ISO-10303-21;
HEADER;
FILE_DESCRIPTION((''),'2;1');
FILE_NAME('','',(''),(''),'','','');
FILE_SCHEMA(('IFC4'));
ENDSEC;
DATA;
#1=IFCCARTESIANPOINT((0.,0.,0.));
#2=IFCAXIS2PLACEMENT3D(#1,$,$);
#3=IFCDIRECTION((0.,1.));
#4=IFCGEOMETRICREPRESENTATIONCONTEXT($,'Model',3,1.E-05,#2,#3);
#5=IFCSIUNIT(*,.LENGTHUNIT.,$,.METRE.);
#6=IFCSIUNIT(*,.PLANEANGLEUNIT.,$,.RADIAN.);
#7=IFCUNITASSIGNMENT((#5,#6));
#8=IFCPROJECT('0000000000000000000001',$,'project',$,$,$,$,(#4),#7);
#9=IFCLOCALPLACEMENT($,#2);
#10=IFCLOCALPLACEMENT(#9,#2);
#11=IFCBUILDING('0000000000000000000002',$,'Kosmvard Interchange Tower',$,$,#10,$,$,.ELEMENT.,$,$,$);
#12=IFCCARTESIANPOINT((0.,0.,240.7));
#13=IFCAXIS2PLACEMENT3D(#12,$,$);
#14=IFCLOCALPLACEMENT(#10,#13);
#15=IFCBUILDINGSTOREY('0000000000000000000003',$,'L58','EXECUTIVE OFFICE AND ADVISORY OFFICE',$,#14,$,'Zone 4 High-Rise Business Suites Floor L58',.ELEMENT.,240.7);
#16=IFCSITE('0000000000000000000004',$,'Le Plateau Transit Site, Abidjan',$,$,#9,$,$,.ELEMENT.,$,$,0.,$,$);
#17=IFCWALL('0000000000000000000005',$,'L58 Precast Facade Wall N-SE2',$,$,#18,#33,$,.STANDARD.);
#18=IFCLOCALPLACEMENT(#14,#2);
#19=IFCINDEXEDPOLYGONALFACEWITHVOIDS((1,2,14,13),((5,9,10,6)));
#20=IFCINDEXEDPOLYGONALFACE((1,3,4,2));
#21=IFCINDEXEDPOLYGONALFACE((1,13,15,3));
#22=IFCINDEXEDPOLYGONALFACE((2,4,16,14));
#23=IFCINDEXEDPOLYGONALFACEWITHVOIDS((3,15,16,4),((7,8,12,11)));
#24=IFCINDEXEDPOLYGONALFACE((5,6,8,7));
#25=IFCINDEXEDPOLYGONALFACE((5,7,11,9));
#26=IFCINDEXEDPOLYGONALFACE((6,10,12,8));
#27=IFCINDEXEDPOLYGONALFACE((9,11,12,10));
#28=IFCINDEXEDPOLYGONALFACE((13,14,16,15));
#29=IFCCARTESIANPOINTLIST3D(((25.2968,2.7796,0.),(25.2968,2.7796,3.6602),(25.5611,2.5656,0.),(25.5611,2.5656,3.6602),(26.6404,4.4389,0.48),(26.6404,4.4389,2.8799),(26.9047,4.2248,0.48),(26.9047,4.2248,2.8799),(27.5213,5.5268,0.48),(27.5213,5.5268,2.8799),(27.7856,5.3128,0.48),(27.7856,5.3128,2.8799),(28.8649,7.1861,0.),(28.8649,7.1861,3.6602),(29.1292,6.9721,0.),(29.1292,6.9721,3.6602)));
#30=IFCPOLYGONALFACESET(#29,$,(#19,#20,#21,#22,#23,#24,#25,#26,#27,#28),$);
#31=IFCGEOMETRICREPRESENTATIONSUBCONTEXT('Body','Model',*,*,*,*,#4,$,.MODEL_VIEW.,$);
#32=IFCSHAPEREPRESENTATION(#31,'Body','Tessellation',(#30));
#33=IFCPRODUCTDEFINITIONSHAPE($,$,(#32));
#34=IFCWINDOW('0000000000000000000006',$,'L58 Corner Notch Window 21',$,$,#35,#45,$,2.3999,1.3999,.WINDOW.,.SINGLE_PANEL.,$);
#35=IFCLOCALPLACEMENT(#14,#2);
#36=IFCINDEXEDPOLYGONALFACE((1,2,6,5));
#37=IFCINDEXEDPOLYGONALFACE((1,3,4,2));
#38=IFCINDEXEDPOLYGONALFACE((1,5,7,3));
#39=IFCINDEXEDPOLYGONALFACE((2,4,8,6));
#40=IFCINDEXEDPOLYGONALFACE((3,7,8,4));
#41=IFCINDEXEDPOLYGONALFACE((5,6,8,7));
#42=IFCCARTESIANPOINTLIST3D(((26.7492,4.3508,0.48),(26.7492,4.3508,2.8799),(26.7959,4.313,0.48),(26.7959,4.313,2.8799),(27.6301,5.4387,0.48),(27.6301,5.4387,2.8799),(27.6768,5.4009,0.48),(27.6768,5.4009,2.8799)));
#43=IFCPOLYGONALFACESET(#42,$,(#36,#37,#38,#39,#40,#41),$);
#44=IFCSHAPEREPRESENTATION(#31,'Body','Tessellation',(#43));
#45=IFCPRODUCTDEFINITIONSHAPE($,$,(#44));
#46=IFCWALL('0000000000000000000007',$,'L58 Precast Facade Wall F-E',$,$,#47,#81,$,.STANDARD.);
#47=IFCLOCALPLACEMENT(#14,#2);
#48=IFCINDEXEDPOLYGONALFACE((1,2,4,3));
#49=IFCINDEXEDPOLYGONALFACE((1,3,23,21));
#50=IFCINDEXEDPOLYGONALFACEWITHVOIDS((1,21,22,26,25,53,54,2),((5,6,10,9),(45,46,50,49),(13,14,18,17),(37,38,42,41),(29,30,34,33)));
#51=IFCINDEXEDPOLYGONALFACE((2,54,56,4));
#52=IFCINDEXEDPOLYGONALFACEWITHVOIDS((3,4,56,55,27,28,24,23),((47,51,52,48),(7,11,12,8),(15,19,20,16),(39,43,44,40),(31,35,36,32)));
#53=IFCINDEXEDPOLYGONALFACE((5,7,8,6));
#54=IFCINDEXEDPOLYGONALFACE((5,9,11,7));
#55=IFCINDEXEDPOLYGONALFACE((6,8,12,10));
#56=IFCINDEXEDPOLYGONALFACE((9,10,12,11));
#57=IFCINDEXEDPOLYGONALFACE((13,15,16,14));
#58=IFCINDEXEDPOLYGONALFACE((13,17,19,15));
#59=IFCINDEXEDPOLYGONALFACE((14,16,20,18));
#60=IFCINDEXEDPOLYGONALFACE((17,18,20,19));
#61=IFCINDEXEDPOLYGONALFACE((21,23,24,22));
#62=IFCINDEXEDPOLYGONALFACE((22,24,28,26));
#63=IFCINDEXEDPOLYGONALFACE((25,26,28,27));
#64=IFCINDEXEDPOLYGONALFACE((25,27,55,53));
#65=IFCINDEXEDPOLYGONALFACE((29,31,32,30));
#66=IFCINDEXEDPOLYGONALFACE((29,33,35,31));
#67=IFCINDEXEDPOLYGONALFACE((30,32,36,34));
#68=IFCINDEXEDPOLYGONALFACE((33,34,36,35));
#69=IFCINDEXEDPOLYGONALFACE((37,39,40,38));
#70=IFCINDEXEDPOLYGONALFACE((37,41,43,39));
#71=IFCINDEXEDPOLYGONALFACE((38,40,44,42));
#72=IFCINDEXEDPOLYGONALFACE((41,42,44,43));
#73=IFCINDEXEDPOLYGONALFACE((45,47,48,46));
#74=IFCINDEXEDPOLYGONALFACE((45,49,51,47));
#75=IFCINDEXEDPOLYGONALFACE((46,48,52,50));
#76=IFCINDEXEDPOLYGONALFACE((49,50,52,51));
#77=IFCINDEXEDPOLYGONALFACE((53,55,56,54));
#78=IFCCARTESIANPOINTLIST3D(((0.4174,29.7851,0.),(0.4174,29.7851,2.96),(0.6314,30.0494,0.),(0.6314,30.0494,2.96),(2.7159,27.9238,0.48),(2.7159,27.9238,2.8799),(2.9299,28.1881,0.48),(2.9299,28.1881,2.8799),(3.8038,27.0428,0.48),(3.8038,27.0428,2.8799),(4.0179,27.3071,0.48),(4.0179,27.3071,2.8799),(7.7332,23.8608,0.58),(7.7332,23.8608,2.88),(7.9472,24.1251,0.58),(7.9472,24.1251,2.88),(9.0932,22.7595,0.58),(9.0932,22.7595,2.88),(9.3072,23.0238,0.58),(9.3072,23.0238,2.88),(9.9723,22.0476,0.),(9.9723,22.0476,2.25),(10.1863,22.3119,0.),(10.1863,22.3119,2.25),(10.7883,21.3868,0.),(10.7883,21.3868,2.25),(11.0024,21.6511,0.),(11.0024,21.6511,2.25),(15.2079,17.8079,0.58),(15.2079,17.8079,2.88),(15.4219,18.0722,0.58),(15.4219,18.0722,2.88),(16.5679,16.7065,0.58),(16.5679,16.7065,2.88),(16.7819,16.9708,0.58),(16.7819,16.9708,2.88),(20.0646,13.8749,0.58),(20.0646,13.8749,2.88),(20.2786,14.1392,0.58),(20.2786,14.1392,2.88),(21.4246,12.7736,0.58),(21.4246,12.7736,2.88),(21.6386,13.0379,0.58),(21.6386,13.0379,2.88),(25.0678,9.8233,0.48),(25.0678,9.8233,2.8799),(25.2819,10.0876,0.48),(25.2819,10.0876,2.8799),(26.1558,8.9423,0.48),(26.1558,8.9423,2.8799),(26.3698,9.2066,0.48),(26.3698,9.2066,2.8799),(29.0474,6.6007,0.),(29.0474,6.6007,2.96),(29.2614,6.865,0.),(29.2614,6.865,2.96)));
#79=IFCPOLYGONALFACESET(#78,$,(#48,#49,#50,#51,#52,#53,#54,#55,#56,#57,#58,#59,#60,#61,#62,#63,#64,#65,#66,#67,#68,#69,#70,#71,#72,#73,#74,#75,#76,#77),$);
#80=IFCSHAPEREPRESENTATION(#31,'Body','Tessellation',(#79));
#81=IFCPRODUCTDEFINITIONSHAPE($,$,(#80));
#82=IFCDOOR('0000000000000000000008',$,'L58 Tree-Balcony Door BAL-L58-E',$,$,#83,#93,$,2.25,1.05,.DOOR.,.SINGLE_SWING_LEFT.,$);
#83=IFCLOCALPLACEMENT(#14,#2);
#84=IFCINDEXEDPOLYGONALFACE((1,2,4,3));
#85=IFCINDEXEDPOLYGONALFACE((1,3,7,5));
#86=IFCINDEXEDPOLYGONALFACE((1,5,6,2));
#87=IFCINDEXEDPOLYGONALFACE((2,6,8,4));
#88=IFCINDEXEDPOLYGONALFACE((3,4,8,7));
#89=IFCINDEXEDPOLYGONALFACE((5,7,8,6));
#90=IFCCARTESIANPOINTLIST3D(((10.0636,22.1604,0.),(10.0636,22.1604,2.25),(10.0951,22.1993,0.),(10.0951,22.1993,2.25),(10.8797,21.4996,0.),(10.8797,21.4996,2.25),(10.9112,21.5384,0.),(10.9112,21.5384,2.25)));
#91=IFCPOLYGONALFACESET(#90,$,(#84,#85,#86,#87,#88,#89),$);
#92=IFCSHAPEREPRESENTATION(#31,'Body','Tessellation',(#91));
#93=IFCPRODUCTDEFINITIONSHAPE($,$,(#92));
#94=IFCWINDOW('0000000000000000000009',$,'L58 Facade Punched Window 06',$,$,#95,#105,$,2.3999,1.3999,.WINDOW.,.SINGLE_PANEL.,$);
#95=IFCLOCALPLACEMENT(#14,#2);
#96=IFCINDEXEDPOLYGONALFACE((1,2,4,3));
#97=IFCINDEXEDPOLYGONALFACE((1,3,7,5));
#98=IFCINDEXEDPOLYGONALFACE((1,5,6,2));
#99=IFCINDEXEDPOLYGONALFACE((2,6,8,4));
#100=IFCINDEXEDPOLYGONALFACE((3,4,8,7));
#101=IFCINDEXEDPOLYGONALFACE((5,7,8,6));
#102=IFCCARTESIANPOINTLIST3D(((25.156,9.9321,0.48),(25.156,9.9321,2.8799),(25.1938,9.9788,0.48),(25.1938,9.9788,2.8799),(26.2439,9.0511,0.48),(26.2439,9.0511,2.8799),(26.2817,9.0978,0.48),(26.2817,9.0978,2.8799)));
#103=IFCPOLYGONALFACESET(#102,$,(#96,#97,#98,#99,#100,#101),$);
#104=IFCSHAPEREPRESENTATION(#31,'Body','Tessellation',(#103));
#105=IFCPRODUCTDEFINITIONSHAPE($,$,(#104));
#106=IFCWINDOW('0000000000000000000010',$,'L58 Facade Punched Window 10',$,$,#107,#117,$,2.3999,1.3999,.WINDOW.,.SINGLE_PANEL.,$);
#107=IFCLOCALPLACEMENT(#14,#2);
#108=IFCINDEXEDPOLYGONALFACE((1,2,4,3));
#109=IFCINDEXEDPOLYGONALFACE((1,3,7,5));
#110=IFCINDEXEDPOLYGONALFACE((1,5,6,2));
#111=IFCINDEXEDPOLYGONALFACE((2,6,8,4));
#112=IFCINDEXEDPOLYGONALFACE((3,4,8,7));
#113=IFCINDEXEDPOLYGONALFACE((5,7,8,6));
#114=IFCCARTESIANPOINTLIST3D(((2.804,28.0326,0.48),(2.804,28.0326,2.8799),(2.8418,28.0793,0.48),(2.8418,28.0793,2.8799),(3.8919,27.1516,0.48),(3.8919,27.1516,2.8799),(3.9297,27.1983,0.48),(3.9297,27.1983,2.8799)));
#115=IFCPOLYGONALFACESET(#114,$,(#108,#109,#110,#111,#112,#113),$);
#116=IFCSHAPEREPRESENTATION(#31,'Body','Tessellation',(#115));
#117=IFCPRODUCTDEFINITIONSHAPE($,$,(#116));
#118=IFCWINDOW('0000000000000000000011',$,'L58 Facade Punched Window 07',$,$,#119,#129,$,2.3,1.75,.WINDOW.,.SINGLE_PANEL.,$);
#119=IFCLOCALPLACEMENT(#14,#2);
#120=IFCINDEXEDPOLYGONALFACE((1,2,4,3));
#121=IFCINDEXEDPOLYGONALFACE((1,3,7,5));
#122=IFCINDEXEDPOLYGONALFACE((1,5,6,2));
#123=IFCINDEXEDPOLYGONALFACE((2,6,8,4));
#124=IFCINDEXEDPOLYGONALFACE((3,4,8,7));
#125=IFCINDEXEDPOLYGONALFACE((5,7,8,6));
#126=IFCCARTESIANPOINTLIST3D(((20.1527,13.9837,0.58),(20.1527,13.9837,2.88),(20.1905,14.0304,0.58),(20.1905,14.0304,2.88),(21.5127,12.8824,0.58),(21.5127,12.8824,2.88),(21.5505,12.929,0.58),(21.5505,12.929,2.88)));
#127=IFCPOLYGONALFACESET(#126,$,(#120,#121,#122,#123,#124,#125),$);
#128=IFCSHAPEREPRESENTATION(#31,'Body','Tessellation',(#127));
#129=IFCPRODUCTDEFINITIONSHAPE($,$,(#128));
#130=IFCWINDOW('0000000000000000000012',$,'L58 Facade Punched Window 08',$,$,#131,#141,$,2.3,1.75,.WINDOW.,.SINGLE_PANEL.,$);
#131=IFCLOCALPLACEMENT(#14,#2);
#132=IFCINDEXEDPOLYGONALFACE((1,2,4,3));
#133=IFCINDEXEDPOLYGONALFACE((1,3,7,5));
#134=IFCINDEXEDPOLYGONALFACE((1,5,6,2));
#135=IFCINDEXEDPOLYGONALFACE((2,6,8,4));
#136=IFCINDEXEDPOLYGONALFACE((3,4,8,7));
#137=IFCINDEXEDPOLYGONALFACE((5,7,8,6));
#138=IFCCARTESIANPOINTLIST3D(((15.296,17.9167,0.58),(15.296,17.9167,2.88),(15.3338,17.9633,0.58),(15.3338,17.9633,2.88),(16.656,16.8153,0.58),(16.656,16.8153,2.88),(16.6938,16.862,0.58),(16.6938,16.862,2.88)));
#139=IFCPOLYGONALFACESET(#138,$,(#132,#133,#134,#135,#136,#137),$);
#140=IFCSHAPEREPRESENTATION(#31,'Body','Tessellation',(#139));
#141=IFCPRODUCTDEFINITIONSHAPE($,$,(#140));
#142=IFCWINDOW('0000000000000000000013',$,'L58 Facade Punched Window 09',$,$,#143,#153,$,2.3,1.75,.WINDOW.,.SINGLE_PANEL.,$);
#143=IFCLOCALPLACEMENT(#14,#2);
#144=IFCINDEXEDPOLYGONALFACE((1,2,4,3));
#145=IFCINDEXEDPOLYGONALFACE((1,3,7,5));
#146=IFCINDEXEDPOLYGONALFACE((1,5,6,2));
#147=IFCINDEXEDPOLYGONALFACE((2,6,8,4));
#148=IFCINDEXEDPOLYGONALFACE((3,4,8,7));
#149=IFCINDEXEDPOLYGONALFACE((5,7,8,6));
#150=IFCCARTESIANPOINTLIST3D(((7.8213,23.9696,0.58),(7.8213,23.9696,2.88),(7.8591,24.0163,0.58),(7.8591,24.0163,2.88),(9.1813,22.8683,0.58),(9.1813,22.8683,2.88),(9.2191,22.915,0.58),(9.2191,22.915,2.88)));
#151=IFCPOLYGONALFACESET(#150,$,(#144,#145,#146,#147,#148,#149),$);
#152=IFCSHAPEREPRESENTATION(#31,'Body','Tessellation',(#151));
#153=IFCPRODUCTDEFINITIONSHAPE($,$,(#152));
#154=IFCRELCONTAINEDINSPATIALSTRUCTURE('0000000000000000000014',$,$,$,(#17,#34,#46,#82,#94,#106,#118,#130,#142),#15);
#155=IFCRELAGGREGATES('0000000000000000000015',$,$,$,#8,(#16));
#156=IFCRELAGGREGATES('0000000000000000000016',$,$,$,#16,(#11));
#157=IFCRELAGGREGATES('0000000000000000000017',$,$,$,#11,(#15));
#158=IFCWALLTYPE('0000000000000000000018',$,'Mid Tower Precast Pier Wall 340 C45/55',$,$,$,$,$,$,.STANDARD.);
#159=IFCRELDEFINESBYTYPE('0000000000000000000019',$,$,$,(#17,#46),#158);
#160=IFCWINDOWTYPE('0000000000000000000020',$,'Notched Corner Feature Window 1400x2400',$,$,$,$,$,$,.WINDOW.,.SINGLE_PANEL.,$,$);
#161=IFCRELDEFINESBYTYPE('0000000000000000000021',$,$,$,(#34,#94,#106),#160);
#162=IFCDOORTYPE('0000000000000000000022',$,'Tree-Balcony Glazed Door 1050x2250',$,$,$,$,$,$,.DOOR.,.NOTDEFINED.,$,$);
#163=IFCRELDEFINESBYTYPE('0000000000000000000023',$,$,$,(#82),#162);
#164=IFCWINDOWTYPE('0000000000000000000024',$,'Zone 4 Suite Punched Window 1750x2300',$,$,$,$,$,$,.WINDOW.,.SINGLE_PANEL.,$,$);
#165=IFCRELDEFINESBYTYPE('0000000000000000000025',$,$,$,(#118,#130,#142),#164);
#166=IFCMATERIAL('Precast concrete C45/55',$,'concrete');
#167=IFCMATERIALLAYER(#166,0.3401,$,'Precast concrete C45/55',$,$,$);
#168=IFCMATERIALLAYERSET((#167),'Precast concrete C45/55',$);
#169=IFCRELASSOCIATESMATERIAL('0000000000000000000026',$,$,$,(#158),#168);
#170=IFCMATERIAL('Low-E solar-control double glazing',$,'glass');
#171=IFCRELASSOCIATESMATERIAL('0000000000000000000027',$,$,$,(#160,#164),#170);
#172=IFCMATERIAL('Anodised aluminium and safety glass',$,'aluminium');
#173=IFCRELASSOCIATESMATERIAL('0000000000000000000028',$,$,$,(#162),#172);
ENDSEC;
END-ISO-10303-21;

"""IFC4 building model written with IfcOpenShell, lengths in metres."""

from ifc_helpers import new_model, si_unit, direction, frame, frame_2d, origin, place, context, subcontext, project, spatial, rectangle, extrude, source, transform, mapped, material, layer, layer_set, type_object, element, fill, save


model = new_model("IFC4")

# Units and contexts
model_context = context("Model", 3, precision=1e-05, world=origin(), true_north=direction((0.0, 1.0)))
body_context = subcontext(model_context, "Body", "Model", "MODEL_VIEW")
ifc_project = project(units=[si_unit("LENGTHUNIT", "METRE"), si_unit("PLANEANGLEUNIT", "RADIAN")], contexts=[model_context])

# Site, building, storey
site_placement = place(None, origin())
site = spatial("IfcSite", under=ifc_project, at=site_placement, Name="Le Plateau Transit Site, Abidjan", CompositionType="ELEMENT", RefElevation=0.0)
building_placement = place(site_placement, origin())
building = spatial("IfcBuilding", under=site, at=building_placement, Name="Kosmvard Interchange Tower", CompositionType="ELEMENT")
storey_placement = place(building_placement, frame((0.0, 0.0, 240.7)))
storey = spatial("IfcBuildingStorey", under=building, at=storey_placement, Name="L58", Description="EXECUTIVE OFFICE AND ADVISORY OFFICE", LongName="Zone 4 High-Rise Business Suites Floor L58", CompositionType="ELEMENT", Elevation=240.7)

# Wall, opening, window
ifc_material_1 = material(Name="Precast concrete C45/55", Category="concrete")
ifc_layer_1 = layer(ifc_material_1, 0.3401, Name="Precast concrete C45/55")
ifc_layer_set_1 = layer_set([ifc_layer_1], Name="Precast concrete C45/55")
wall_type_1 = type_object("IfcWallType", Name="Mid Tower Precast Pier Wall 340 C45/55", PredefinedType="STANDARD", material=ifc_layer_set_1)
wall_1_placement = place(storey_placement, frame((25.429, 2.6726, 0.0), z_axis=(0.0, 0.0, 1.0), x_axis=(0.6293, 0.777163, 0.0)))
wall_1 = element("IfcWall", 1, at=wall_1_placement, inside=storey, type_object=wall_type_1, Name="L58 Precast Facade Wall N-SE2", PredefinedType="STANDARD", context=body_context, shape_type="SweptSolid", body=[
    extrude(rectangle(XDim=5.6699, YDim=0.3401, at=frame_2d((2.835, 0.0))), origin(), (0.0, 0.0, 1.0), 3.6602),
])
opening_1_placement = place(wall_1_placement, frame((2.135, 0.0, 0.48)))
opening_1 = element("IfcOpeningElement", 2, at=opening_1_placement, cuts=wall_1, PredefinedType="OPENING", context=body_context, shape_type="SweptSolid", body=[
    extrude(rectangle(XDim=1.3999, YDim=2.3999, at=frame_2d((0.7, 1.2))), frame((0.0, 0.1802, 0.0), z_axis=(0.0, -1.0, 0.0), x_axis=(1.0, 0.0, 0.0)), (0.0, 0.0, 1.0), 0.3601),
])
ifc_material_2 = material(Name="Low-E solar-control double glazing", Category="glass")
window_type_1 = type_object("IfcWindowType", Name="Notched Corner Feature Window 1400x2400", PartitioningType="SINGLE_PANEL", PredefinedType="WINDOW", material=ifc_material_2)
shared_shape_1 = source(origin(), body_context, "Body", "SweptSolid", [
    extrude(rectangle(XDim=1.3999, YDim=2.3999, at=frame_2d((0.7, 1.2))), frame((0.0, 0.03, 0.0), z_axis=(0.0, -1.0, 0.0), x_axis=(1.0, 0.0, 0.0)), (0.0, 0.0, 1.0), 0.0601),
])
window_1_placement = place(opening_1_placement, origin())
window_1 = element("IfcWindow", 3, at=window_1_placement, inside=storey, type_object=window_type_1, Name="L58 Corner Notch Window 21", OverallHeight=2.3999, OverallWidth=1.3999, PartitioningType="SINGLE_PANEL", PredefinedType="WINDOW", context=body_context, shape_type="MappedRepresentation", body=[
    mapped(shared_shape_1, transform((0.0, 0.0, 0.0), scale=1.0)),
])
fill(opening_1, window_1)

# Wall, openings, door, windows
wall_2_placement = place(storey_placement, frame((29.1543, 6.7329, 0.0), z_axis=(0.0, 0.0, 1.0), x_axis=(-0.777142, 0.629325, 0.0)))
wall_2 = element("IfcWall", 4, at=wall_2_placement, inside=storey, type_object=wall_type_1, Name="L58 Precast Facade Wall F-E", PredefinedType="STANDARD", context=body_context, shape_type="SweptSolid", body=[
    extrude(rectangle(XDim=36.8401, YDim=0.3401, at=frame_2d((18.4199, 0.0))), origin(), (0.0, 0.0, 1.0), 2.96),
])
opening_2_placement = place(wall_2_placement, frame((23.4951, 0.0, 0.0)))
opening_2 = element("IfcOpeningElement", 5, at=opening_2_placement, cuts=wall_2, PredefinedType="OPENING", context=body_context, shape_type="SweptSolid", body=[
    extrude(rectangle(XDim=1.05, YDim=2.25, at=frame_2d((0.5249, 1.125))), frame((0.0, 0.1802, 0.0), z_axis=(0.0, -1.0, 0.0), x_axis=(1.0, 0.0, 0.0)), (0.0, 0.0, 1.0), 0.3601),
])
opening_3_placement = place(wall_2_placement, frame((3.7207, 0.0, 0.48)))
opening_3 = element("IfcOpeningElement", 6, at=opening_3_placement, cuts=wall_2, PredefinedType="OPENING", context=body_context, shape_type="SweptSolid", body=[
    extrude(rectangle(XDim=1.3999, YDim=2.3999, at=frame_2d((0.7, 1.2))), frame((0.0, 0.1802, 0.0), z_axis=(0.0, -1.0, 0.0), x_axis=(1.0, 0.0, 0.0)), (0.0, 0.0, 1.0), 0.3601),
])
opening_4_placement = place(wall_2_placement, frame((9.8086, 0.0, 0.5801)))
opening_4 = element("IfcOpeningElement", 7, at=opening_4_placement, cuts=wall_2, PredefinedType="OPENING", context=body_context, shape_type="SweptSolid", body=[
    extrude(rectangle(XDim=1.75, YDim=2.3, at=frame_2d((0.875, 1.1499))), frame((0.0, 0.1802, 0.0), z_axis=(0.0, -1.0, 0.0), x_axis=(1.0, 0.0, 0.0)), (0.0, 0.0, 1.0), 0.3601),
])
opening_5_placement = place(wall_2_placement, frame((16.0581, 0.0, 0.5801)))
opening_5 = element("IfcOpeningElement", 8, at=opening_5_placement, cuts=wall_2, PredefinedType="OPENING", context=body_context, shape_type="SweptSolid", body=[
    extrude(rectangle(XDim=1.75, YDim=2.3, at=frame_2d((0.875, 1.1499))), frame((0.0, 0.1802, 0.0), z_axis=(0.0, -1.0, 0.0), x_axis=(1.0, 0.0, 0.0)), (0.0, 0.0, 1.0), 0.3601),
])
opening_6_placement = place(wall_2_placement, frame((25.6763, 0.0, 0.5801)))
opening_6 = element("IfcOpeningElement", 9, at=opening_6_placement, cuts=wall_2, PredefinedType="OPENING", context=body_context, shape_type="SweptSolid", body=[
    extrude(rectangle(XDim=1.75, YDim=2.3, at=frame_2d((0.875, 1.1499))), frame((0.0, 0.1802, 0.0), z_axis=(0.0, -1.0, 0.0), x_axis=(1.0, 0.0, 0.0)), (0.0, 0.0, 1.0), 0.3601),
])
opening_7_placement = place(wall_2_placement, frame((32.4824, 0.0, 0.48)))
opening_7 = element("IfcOpeningElement", 10, at=opening_7_placement, cuts=wall_2, PredefinedType="OPENING", context=body_context, shape_type="SweptSolid", body=[
    extrude(rectangle(XDim=1.3999, YDim=2.3999, at=frame_2d((0.7, 1.2))), frame((0.0, 0.1802, 0.0), z_axis=(0.0, -1.0, 0.0), x_axis=(1.0, 0.0, 0.0)), (0.0, 0.0, 1.0), 0.3601),
])
ifc_material_3 = material(Name="Anodised aluminium and safety glass", Category="aluminium")
door_type = type_object("IfcDoorType", Name="Tree-Balcony Glazed Door 1050x2250", OperationType="NOTDEFINED", PredefinedType="DOOR", material=ifc_material_3)
shared_shape_2 = source(origin(), body_context, "Body", "SweptSolid", [
    extrude(rectangle(XDim=1.05, YDim=2.25, at=frame_2d((0.5249, 1.125))), frame((0.0, 0.0249, 0.0), z_axis=(0.0, -1.0, 0.0), x_axis=(1.0, 0.0, 0.0)), (0.0, 0.0, 1.0), 0.05),
])
door_placement = place(opening_2_placement, origin())
door = element("IfcDoor", 11, at=door_placement, inside=storey, type_object=door_type, Name="L58 Tree-Balcony Door BAL-L58-E", OperationType="SINGLE_SWING_LEFT", OverallHeight=2.25, OverallWidth=1.05, PredefinedType="DOOR", context=body_context, shape_type="MappedRepresentation", body=[
    mapped(shared_shape_2, transform((0.0, 0.0, 0.0), scale=1.0)),
])
fill(opening_2, door)
window_2_placement = place(opening_3_placement, origin())
window_2 = element("IfcWindow", 12, at=window_2_placement, inside=storey, type_object=window_type_1, Name="L58 Facade Punched Window 06", OverallHeight=2.3999, OverallWidth=1.3999, PartitioningType="SINGLE_PANEL", PredefinedType="WINDOW", context=body_context, shape_type="MappedRepresentation", body=[
    mapped(shared_shape_1, transform((0.0, 0.0, 0.0), scale=1.0)),
])
fill(opening_3, window_2)
window_3_placement = place(opening_7_placement, origin())
window_3 = element("IfcWindow", 13, at=window_3_placement, inside=storey, type_object=window_type_1, Name="L58 Facade Punched Window 10", OverallHeight=2.3999, OverallWidth=1.3999, PartitioningType="SINGLE_PANEL", PredefinedType="WINDOW", context=body_context, shape_type="MappedRepresentation", body=[
    mapped(shared_shape_1, transform((0.0, 0.0, 0.0), scale=1.0)),
])
fill(opening_7, window_3)
window_type_2 = type_object("IfcWindowType", Name="Zone 4 Suite Punched Window 1750x2300", PartitioningType="SINGLE_PANEL", PredefinedType="WINDOW", material=ifc_material_2)
shared_shape_3 = source(origin(), body_context, "Body", "SweptSolid", [
    extrude(rectangle(XDim=1.75, YDim=2.3, at=frame_2d((0.875, 1.1499))), frame((0.0, 0.03, 0.0), z_axis=(0.0, -1.0, 0.0), x_axis=(1.0, 0.0, 0.0)), (0.0, 0.0, 1.0), 0.0601),
])
window_4_placement = place(opening_4_placement, origin())
window_4 = element("IfcWindow", 14, at=window_4_placement, inside=storey, type_object=window_type_2, Name="L58 Facade Punched Window 07", OverallHeight=2.3, OverallWidth=1.75, PartitioningType="SINGLE_PANEL", PredefinedType="WINDOW", context=body_context, shape_type="MappedRepresentation", body=[
    mapped(shared_shape_3, transform((0.0, 0.0, 0.0), scale=1.0)),
])
fill(opening_4, window_4)
window_5_placement = place(opening_5_placement, origin())
window_5 = element("IfcWindow", 15, at=window_5_placement, inside=storey, type_object=window_type_2, Name="L58 Facade Punched Window 08", OverallHeight=2.3, OverallWidth=1.75, PartitioningType="SINGLE_PANEL", PredefinedType="WINDOW", context=body_context, shape_type="MappedRepresentation", body=[
    mapped(shared_shape_3, transform((0.0, 0.0, 0.0), scale=1.0)),
])
fill(opening_5, window_5)
window_6_placement = place(opening_6_placement, origin())
window_6 = element("IfcWindow", 16, at=window_6_placement, inside=storey, type_object=window_type_2, Name="L58 Facade Punched Window 09", OverallHeight=2.3, OverallWidth=1.75, PartitioningType="SINGLE_PANEL", PredefinedType="WINDOW", context=body_context, shape_type="MappedRepresentation", body=[
    mapped(shared_shape_3, transform((0.0, 0.0, 0.0), scale=1.0)),
])
fill(opening_6, window_6)

save(model, "model.ifc")
